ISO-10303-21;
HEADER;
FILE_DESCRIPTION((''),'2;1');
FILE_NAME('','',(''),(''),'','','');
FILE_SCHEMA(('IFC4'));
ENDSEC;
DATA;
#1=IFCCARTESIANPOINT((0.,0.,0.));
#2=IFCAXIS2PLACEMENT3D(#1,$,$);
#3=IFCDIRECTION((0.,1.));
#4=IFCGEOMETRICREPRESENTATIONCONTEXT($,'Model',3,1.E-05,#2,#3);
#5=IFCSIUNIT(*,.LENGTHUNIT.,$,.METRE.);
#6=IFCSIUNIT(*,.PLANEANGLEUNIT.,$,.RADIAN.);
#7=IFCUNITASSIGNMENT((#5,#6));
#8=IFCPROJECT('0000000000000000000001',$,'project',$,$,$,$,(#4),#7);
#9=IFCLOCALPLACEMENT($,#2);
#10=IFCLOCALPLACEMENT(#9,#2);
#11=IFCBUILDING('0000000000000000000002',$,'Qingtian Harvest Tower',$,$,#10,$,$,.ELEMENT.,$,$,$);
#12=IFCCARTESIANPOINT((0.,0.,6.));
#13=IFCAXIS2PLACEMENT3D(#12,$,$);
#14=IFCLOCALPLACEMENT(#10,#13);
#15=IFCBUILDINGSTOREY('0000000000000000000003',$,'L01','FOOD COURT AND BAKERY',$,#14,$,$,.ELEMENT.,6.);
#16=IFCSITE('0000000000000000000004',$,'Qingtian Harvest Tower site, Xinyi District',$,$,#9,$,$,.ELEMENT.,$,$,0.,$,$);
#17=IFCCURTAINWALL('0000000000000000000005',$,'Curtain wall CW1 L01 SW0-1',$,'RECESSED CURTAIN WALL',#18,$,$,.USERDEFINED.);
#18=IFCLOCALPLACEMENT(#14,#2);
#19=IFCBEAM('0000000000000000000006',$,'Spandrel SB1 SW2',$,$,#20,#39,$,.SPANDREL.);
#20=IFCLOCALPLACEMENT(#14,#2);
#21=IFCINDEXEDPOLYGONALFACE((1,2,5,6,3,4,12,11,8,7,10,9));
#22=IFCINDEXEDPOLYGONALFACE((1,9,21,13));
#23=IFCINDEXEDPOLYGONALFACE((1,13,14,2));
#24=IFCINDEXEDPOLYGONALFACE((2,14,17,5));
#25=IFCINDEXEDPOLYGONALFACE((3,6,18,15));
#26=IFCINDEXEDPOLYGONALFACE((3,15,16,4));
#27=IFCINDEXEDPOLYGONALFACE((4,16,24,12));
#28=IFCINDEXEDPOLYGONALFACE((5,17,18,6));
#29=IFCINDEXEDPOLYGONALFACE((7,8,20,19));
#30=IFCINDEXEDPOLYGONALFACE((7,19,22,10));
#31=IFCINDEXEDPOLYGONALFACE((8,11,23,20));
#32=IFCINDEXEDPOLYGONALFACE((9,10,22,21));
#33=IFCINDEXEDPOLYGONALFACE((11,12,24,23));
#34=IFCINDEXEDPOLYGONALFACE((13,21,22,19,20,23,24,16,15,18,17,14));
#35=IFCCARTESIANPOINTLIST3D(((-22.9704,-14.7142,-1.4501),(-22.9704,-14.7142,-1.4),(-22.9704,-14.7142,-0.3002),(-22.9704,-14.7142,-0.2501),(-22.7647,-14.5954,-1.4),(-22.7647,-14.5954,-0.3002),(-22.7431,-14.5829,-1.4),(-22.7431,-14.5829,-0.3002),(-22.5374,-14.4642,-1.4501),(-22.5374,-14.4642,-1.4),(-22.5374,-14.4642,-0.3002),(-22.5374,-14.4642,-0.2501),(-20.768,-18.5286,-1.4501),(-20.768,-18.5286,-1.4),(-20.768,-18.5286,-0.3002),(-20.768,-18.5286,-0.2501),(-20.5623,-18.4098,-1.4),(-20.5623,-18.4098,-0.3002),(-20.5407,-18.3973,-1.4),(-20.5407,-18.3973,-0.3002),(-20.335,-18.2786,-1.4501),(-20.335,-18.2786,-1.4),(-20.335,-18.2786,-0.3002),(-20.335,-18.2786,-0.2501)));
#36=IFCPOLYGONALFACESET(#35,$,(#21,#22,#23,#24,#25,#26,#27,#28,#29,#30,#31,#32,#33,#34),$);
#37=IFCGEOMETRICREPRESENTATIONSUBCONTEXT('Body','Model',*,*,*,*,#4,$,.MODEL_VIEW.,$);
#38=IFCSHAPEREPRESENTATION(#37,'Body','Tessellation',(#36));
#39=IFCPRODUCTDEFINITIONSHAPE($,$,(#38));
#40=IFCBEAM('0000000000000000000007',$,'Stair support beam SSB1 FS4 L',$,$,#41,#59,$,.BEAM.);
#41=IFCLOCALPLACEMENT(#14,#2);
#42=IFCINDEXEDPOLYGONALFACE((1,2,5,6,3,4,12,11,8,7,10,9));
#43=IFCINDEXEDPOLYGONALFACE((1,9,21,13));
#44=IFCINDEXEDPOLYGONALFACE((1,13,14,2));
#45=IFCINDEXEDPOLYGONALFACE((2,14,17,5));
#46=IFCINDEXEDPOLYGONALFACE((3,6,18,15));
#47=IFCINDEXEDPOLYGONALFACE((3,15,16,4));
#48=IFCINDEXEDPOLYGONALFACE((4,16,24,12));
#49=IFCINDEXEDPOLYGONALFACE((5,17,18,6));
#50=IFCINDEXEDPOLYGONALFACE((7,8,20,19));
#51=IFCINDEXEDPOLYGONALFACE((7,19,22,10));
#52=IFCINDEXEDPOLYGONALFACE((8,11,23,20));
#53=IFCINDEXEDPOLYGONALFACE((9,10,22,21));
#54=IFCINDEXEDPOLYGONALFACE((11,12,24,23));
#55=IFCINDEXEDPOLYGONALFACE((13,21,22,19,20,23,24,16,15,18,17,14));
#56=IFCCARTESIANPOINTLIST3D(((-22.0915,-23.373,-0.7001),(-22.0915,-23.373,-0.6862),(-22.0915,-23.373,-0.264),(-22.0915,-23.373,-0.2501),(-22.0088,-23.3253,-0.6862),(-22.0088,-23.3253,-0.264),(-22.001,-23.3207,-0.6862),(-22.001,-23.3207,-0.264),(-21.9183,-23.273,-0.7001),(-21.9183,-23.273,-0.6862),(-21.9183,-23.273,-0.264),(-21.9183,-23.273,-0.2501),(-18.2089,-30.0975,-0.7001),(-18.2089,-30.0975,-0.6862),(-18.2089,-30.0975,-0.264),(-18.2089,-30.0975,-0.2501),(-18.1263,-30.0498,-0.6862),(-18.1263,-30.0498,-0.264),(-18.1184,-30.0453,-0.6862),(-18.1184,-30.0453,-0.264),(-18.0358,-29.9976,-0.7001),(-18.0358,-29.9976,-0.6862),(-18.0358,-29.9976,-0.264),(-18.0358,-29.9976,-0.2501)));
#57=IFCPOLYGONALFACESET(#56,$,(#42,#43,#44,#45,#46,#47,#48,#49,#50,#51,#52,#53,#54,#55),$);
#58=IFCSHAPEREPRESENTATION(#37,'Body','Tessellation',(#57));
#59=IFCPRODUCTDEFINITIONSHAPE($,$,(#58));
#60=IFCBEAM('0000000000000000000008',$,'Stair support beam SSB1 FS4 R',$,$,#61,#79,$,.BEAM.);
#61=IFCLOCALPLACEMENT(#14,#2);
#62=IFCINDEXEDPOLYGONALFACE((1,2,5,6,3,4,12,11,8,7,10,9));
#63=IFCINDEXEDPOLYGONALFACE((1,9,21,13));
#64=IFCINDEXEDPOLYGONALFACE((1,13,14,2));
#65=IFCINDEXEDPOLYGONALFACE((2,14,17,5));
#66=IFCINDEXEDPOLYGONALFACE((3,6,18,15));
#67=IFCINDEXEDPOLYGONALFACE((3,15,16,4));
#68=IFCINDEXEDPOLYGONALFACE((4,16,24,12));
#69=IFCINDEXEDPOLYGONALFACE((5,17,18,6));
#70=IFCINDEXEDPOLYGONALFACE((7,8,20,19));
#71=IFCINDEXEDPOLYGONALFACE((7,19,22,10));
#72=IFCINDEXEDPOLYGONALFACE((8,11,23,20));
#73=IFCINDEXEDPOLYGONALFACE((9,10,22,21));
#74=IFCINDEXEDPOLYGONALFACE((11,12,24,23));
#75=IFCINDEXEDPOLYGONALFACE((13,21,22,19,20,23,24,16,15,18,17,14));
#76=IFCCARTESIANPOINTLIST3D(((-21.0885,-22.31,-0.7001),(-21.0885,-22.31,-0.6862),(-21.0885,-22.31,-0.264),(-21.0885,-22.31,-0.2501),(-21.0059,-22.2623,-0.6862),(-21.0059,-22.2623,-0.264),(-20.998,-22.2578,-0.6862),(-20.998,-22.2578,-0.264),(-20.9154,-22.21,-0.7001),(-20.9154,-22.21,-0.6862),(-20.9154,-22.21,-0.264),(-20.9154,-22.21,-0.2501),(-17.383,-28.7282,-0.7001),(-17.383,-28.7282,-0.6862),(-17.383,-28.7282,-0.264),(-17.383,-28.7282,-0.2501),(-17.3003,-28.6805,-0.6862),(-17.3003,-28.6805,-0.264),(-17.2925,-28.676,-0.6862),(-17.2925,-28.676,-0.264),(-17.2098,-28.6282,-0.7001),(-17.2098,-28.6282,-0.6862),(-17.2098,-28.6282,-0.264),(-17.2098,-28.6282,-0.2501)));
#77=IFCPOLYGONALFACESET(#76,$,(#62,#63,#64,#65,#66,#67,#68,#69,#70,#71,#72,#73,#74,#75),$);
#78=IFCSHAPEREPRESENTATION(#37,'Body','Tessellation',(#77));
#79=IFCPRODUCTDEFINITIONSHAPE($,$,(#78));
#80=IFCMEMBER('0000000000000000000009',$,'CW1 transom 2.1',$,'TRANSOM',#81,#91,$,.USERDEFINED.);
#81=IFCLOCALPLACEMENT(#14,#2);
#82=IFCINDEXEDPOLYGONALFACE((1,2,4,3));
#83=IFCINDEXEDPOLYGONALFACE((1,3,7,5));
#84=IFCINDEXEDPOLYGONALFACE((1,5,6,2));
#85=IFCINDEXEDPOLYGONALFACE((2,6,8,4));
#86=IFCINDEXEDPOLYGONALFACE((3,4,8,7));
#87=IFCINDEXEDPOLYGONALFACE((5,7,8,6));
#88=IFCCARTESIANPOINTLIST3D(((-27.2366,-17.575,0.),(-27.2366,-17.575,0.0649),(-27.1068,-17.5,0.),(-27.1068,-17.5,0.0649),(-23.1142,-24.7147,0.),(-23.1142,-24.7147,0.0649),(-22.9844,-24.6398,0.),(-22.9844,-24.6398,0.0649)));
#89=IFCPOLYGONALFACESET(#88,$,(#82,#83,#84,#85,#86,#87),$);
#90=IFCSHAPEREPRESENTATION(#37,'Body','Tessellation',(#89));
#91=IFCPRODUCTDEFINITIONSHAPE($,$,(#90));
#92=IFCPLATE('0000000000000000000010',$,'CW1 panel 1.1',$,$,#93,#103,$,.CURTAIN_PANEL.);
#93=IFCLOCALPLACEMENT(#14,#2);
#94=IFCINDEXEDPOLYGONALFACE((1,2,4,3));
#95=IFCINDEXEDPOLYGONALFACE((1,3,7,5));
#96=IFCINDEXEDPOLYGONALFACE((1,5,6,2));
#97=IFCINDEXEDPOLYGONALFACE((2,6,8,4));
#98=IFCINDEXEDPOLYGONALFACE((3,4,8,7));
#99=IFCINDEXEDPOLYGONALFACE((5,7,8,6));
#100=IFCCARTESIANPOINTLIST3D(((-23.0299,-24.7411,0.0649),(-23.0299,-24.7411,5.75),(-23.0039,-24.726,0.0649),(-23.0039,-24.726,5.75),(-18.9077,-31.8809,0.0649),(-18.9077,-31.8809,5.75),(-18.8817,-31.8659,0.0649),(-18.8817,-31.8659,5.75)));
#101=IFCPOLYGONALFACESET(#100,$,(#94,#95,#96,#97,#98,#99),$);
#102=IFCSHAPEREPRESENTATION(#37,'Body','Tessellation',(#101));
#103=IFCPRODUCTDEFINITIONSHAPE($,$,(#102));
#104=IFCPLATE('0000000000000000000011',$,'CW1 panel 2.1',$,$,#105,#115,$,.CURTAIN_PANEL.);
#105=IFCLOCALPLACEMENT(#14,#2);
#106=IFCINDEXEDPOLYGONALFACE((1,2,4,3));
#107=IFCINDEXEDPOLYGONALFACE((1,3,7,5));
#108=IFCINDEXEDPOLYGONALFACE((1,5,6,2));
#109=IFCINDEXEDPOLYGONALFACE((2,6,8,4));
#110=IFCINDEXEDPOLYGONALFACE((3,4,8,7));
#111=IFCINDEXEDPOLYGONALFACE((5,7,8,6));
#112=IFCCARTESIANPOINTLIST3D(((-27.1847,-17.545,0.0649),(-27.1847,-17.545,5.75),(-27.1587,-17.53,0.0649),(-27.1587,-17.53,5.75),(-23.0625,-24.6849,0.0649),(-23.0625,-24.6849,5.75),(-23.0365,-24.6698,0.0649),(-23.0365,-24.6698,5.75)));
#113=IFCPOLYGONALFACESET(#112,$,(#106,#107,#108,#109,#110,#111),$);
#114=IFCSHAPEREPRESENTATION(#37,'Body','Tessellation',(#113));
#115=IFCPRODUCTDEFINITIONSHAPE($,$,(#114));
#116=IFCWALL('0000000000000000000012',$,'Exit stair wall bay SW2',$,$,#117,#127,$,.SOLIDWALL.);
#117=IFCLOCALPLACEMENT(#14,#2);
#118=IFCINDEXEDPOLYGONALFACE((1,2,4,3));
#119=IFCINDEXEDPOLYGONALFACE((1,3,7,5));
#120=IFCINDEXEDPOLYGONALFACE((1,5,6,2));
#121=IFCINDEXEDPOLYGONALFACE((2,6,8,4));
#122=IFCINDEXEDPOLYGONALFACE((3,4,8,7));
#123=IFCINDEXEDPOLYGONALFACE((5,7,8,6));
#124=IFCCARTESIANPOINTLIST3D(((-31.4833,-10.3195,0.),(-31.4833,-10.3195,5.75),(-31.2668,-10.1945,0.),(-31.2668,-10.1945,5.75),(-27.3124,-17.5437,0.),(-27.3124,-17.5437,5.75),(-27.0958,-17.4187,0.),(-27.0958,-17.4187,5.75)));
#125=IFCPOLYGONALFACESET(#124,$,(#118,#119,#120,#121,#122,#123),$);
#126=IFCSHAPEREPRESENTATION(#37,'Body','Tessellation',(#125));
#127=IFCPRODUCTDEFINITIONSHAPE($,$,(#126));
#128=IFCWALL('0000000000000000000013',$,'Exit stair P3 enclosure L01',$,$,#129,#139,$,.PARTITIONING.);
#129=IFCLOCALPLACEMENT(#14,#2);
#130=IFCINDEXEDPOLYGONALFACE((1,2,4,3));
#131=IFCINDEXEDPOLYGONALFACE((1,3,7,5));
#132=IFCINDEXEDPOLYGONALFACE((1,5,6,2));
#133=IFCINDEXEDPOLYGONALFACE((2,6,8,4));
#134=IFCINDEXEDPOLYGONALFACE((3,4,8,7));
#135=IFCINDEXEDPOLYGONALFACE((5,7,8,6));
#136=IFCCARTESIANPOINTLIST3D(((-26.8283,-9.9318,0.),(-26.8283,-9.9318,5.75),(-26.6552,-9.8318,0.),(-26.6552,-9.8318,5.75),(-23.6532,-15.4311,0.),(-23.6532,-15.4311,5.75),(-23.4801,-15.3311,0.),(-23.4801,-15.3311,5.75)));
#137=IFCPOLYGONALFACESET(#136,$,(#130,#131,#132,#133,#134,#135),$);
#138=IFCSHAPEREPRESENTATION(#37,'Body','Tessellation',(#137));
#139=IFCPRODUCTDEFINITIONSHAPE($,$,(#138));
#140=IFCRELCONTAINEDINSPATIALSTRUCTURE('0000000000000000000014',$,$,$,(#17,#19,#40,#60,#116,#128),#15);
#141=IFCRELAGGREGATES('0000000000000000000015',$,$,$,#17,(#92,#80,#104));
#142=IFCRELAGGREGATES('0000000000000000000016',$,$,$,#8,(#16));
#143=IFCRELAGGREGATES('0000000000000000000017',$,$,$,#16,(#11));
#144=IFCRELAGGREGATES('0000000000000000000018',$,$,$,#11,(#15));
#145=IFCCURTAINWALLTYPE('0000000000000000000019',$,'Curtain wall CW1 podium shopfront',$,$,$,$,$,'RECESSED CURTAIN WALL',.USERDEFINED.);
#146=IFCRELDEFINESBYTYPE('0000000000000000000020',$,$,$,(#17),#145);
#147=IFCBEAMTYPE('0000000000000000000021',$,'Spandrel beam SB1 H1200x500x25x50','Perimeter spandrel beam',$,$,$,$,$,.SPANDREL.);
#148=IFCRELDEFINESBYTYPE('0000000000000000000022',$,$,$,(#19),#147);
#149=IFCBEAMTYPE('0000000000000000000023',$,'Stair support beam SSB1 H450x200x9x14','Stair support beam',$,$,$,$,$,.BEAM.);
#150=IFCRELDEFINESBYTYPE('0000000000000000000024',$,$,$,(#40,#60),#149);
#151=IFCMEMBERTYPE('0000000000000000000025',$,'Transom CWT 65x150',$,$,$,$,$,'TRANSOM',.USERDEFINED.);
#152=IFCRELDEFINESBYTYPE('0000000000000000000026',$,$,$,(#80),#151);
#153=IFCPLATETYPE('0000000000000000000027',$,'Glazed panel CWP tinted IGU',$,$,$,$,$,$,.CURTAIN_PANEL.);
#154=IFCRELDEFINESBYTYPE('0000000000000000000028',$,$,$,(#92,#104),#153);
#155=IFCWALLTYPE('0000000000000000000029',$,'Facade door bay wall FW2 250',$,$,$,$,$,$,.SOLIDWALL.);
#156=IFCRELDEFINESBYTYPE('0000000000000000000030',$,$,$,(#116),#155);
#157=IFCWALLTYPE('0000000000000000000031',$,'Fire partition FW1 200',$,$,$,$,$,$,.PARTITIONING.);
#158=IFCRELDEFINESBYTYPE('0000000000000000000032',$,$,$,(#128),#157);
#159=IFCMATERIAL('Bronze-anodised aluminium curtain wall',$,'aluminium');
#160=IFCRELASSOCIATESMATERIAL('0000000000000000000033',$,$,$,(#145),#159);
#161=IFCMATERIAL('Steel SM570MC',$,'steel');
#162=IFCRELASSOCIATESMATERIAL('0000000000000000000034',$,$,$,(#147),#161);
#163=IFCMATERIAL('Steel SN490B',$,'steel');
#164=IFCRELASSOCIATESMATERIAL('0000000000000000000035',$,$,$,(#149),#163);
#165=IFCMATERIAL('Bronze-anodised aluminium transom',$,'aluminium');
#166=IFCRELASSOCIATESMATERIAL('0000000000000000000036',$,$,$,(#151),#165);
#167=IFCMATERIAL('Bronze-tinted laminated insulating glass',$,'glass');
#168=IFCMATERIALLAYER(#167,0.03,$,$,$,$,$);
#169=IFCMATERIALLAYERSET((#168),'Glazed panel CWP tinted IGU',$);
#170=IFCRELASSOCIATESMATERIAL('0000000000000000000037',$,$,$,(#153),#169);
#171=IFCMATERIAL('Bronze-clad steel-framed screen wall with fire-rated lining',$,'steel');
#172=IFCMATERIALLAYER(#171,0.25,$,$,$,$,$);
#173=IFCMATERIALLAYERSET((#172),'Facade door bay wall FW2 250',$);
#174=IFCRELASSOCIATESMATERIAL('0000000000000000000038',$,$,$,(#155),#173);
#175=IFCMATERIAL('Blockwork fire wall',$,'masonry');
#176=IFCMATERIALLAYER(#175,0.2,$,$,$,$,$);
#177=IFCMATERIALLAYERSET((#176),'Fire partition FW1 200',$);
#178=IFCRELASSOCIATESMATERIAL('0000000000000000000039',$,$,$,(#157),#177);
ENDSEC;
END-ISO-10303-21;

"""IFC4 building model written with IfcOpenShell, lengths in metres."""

from ifc_helpers import new_model, si_unit, direction, frame, frame_2d, origin, origin_2d, place, context, subcontext, project, spatial, rectangle, i_section, extrude, material, layer, layer_set, material_profile, profile_set, type_object, element, aggregate, save


model = new_model("IFC4")

# Units and contexts
model_context = context("Model", 3, precision=1e-05, world=origin(), true_north=direction((0.0, 1.0)))
body_context = subcontext(model_context, "Body", "Model", "MODEL_VIEW")
ifc_project = project(units=[si_unit("LENGTHUNIT", "METRE"), si_unit("PLANEANGLEUNIT", "RADIAN")], contexts=[model_context])

# Site, building, storey
site_placement = place(None, origin())
site = spatial("IfcSite", under=ifc_project, at=site_placement, Name="Qingtian Harvest Tower site, Xinyi District", CompositionType="ELEMENT", RefElevation=0.0)
building_placement = place(site_placement, origin())
building = spatial("IfcBuilding", under=site, at=building_placement, Name="Qingtian Harvest Tower", CompositionType="ELEMENT")
storey_placement = place(building_placement, frame((0.0, 0.0, 6.0)))
storey = spatial("IfcBuildingStorey", under=building, at=storey_placement, Name="L01", Description="FOOD COURT AND BAKERY", CompositionType="ELEMENT", Elevation=6.0)

# Curtain wall
ifc_material_1 = material(Name="Bronze-anodised aluminium curtain wall", Category="aluminium")
curtain_wall_type = type_object("IfcCurtainWallType", Name="Curtain wall CW1 podium shopfront", ElementType="RECESSED CURTAIN WALL", PredefinedType="USERDEFINED", material=ifc_material_1)
curtain_wall_placement = place(storey_placement, origin())
curtain_wall = element("IfcCurtainWall", 1, at=curtain_wall_placement, inside=storey, type_object=curtain_wall_type, Name="Curtain wall CW1 L01 SW0-1", ObjectType="RECESSED CURTAIN WALL", PredefinedType="USERDEFINED")

# Beams
ifc_material_2 = material(Name="Steel SM570MC", Category="steel")
ifc_material_profile_1 = material_profile(ifc_material_2, i_section(OverallWidth=0.5, OverallDepth=1.2, WebThickness=0.0249, FlangeThickness=0.05, at=origin_2d()), Name="H1200x500x25x50")
ifc_profile_set_1 = profile_set([ifc_material_profile_1], Name="Steel SM570MC")
beam_type_1 = type_object("IfcBeamType", Name="Spandrel beam SB1 H1200x500x25x50", Description="Perimeter spandrel beam", PredefinedType="SPANDREL", material=ifc_profile_set_1)
beam_1_placement = place(storey_placement, frame((-20.5515, -18.4036, -0.8501), z_axis=(-0.50002, 0.866014, 0.0), x_axis=(-0.866014, -0.50002, 0.0)))
element("IfcBeam", 2, at=beam_1_placement, inside=storey, type_object=beam_type_1, Name="Spandrel SB1 SW2", PredefinedType="SPANDREL", context=body_context, shape_type="SweptSolid", body=[
    extrude(i_section(OverallWidth=0.5, OverallDepth=1.2, WebThickness=0.0249, FlangeThickness=0.05, at=origin_2d()), origin(), (0.0, 0.0, 1.0), 4.4045),
])
ifc_material_3 = material(Name="Steel SN490B", Category="steel")
ifc_material_profile_2 = material_profile(ifc_material_3, i_section(OverallWidth=0.2, OverallDepth=0.45, WebThickness=0.009, FlangeThickness=0.0139, at=origin_2d()), Name="H450x200x9x14")
ifc_profile_set_2 = profile_set([ifc_material_profile_2], Name="Steel SN490B")
beam_type_2 = type_object("IfcBeamType", Name="Stair support beam SSB1 H450x200x9x14", Description="Stair support beam", PredefinedType="BEAM", material=ifc_profile_set_2)
beam_2_placement = place(storey_placement, frame((-22.0049, -23.323, -0.4751), z_axis=(0.500011, -0.866019, 0.0), x_axis=(0.866019, 0.500011, 0.0)))
element("IfcBeam", 3, at=beam_2_placement, inside=storey, type_object=beam_type_2, Name="Stair support beam SSB1 FS4 L", PredefinedType="BEAM", context=body_context, shape_type="SweptSolid", body=[
    extrude(i_section(OverallWidth=0.2, OverallDepth=0.45, WebThickness=0.009, FlangeThickness=0.0139, at=origin_2d()), origin(), (0.0, 0.0, 1.0), 7.7649),
])
beam_3_placement = place(storey_placement, frame((-21.002, -22.26, -0.4751), z_axis=(0.500001, -0.866025, 0.0), x_axis=(0.866025, 0.500001, 0.0)))
element("IfcBeam", 4, at=beam_3_placement, inside=storey, type_object=beam_type_2, Name="Stair support beam SSB1 FS4 R", PredefinedType="BEAM", context=body_context, shape_type="SweptSolid", body=[
    extrude(i_section(OverallWidth=0.2, OverallDepth=0.45, WebThickness=0.009, FlangeThickness=0.0139, at=origin_2d()), origin(), (0.0, 0.0, 1.0), 7.4111),
])

# Member
ifc_material_4 = material(Name="Bronze-anodised aluminium transom", Category="aluminium")
ifc_material_profile_3 = material_profile(ifc_material_4, rectangle(XDim=0.1499, YDim=0.0649, at=origin_2d()), Name="AL 65x150")
ifc_profile_set_3 = profile_set([ifc_material_profile_3], Name="Bronze-anodised aluminium transom")
member_type_1 = type_object("IfcMemberType", Name="Transom CWT 65x150", ElementType="TRANSOM", PredefinedType="USERDEFINED", material=ifc_profile_set_3)
member_1_placement = place(storey_placement, frame((-23.0493, -24.6772, 0.0325), z_axis=(-0.500022, 0.866013, 0.0), x_axis=(-0.866013, -0.500022, 0.0)))
member_1 = element("IfcMember", 5, at=member_1_placement, type_object=member_type_1, Name="CW1 transom 2.1", ObjectType="TRANSOM", PredefinedType="USERDEFINED", context=body_context, shape_type="SweptSolid", body=[
    extrude(rectangle(XDim=0.1499, YDim=0.0649, at=origin_2d()), origin(), (0.0, 0.0, 1.0), 8.2444),
])

# Plates
ifc_material_5 = material(Name="Bronze-tinted laminated insulating glass", Category="glass")
ifc_layer_1 = layer(ifc_material_5, 0.03)
ifc_layer_set_1 = layer_set([ifc_layer_1], Name="Glazed panel CWP tinted IGU")
plate_type = type_object("IfcPlateType", Name="Glazed panel CWP tinted IGU", PredefinedType="CURTAIN_PANEL", material=ifc_layer_set_1)
plate_1_placement = place(storey_placement, frame((-20.9558, -28.3035, 0.0649), z_axis=(0.0, 0.0, 1.0), x_axis=(-0.5, 0.866025, 0.0)))
plate_1 = element("IfcPlate", 6, at=plate_1_placement, type_object=plate_type, Name="CW1 panel 1.1", PredefinedType="CURTAIN_PANEL", context=body_context, shape_type="SweptSolid", body=[
    extrude(rectangle(XDim=8.2444, YDim=0.03, at=origin_2d()), origin(), (0.0, 0.0, 1.0), 5.6851),
])
plate_2_placement = place(storey_placement, frame((-25.1106, -21.1074, 0.0649), z_axis=(0.0, 0.0, 1.0), x_axis=(-0.5, 0.866025, 0.0)))
plate_2 = element("IfcPlate", 7, at=plate_2_placement, type_object=plate_type, Name="CW1 panel 2.1", PredefinedType="CURTAIN_PANEL", context=body_context, shape_type="SweptSolid", body=[
    extrude(rectangle(XDim=8.2444, YDim=0.03, at=origin_2d()), origin(), (0.0, 0.0, 1.0), 5.6851),
])
aggregate(curtain_wall, [plate_1, member_1, plate_2])

# Wall
ifc_material_6 = material(Name="Bronze-clad steel-framed screen wall with fire-rated lining", Category="steel")
ifc_layer_2 = layer(ifc_material_6, 0.25)
ifc_layer_set_2 = layer_set([ifc_layer_2], Name="Facade door bay wall FW2 250")
wall_type_1 = type_object("IfcWallType", Name="Facade door bay wall FW2 250", PredefinedType="SOLIDWALL", material=ifc_layer_set_2)
wall_1_placement = place(storey_placement, frame((-27.2041, -17.4812, 0.0), z_axis=(0.0, 0.0, 1.0), x_axis=(-0.500005, 0.866023, 0.0)))
element("IfcWall", 8, at=wall_1_placement, inside=storey, type_object=wall_type_1, Name="Exit stair wall bay SW2", PredefinedType="SOLIDWALL", context=body_context, shape_type="SweptSolid", body=[
    extrude(rectangle(XDim=8.3418, YDim=0.25, at=frame_2d((4.1709, 0.0))), origin(), (0.0, 0.0, 1.0), 5.75),
])

# Shared definitions
ifc_material_7 = material(Name="Blockwork fire wall", Category="masonry")
ifc_layer_3 = layer(ifc_material_7, 0.2)
ifc_layer_set_3 = layer_set([ifc_layer_3], Name="Fire partition FW1 200")
wall_type_2 = type_object("IfcWallType", Name="Fire partition FW1 200", PredefinedType="PARTITIONING", material=ifc_layer_set_3)

# Wall
wall_2_placement = place(storey_placement, frame((-23.5667, -15.3811, 0.0), z_axis=(0.0, 0.0, 1.0), x_axis=(-0.500005, 0.866022, 0.0)))
element("IfcWall", 9, at=wall_2_placement, inside=storey, type_object=wall_type_2, Name="Exit stair P3 enclosure L01", PredefinedType="PARTITIONING", context=body_context, shape_type="SweptSolid", body=[
    extrude(rectangle(XDim=6.3501, YDim=0.2, at=frame_2d((3.175, 0.0))), origin(), (0.0, 0.0, 1.0), 5.75),
])

save(model, "model.ifc")
